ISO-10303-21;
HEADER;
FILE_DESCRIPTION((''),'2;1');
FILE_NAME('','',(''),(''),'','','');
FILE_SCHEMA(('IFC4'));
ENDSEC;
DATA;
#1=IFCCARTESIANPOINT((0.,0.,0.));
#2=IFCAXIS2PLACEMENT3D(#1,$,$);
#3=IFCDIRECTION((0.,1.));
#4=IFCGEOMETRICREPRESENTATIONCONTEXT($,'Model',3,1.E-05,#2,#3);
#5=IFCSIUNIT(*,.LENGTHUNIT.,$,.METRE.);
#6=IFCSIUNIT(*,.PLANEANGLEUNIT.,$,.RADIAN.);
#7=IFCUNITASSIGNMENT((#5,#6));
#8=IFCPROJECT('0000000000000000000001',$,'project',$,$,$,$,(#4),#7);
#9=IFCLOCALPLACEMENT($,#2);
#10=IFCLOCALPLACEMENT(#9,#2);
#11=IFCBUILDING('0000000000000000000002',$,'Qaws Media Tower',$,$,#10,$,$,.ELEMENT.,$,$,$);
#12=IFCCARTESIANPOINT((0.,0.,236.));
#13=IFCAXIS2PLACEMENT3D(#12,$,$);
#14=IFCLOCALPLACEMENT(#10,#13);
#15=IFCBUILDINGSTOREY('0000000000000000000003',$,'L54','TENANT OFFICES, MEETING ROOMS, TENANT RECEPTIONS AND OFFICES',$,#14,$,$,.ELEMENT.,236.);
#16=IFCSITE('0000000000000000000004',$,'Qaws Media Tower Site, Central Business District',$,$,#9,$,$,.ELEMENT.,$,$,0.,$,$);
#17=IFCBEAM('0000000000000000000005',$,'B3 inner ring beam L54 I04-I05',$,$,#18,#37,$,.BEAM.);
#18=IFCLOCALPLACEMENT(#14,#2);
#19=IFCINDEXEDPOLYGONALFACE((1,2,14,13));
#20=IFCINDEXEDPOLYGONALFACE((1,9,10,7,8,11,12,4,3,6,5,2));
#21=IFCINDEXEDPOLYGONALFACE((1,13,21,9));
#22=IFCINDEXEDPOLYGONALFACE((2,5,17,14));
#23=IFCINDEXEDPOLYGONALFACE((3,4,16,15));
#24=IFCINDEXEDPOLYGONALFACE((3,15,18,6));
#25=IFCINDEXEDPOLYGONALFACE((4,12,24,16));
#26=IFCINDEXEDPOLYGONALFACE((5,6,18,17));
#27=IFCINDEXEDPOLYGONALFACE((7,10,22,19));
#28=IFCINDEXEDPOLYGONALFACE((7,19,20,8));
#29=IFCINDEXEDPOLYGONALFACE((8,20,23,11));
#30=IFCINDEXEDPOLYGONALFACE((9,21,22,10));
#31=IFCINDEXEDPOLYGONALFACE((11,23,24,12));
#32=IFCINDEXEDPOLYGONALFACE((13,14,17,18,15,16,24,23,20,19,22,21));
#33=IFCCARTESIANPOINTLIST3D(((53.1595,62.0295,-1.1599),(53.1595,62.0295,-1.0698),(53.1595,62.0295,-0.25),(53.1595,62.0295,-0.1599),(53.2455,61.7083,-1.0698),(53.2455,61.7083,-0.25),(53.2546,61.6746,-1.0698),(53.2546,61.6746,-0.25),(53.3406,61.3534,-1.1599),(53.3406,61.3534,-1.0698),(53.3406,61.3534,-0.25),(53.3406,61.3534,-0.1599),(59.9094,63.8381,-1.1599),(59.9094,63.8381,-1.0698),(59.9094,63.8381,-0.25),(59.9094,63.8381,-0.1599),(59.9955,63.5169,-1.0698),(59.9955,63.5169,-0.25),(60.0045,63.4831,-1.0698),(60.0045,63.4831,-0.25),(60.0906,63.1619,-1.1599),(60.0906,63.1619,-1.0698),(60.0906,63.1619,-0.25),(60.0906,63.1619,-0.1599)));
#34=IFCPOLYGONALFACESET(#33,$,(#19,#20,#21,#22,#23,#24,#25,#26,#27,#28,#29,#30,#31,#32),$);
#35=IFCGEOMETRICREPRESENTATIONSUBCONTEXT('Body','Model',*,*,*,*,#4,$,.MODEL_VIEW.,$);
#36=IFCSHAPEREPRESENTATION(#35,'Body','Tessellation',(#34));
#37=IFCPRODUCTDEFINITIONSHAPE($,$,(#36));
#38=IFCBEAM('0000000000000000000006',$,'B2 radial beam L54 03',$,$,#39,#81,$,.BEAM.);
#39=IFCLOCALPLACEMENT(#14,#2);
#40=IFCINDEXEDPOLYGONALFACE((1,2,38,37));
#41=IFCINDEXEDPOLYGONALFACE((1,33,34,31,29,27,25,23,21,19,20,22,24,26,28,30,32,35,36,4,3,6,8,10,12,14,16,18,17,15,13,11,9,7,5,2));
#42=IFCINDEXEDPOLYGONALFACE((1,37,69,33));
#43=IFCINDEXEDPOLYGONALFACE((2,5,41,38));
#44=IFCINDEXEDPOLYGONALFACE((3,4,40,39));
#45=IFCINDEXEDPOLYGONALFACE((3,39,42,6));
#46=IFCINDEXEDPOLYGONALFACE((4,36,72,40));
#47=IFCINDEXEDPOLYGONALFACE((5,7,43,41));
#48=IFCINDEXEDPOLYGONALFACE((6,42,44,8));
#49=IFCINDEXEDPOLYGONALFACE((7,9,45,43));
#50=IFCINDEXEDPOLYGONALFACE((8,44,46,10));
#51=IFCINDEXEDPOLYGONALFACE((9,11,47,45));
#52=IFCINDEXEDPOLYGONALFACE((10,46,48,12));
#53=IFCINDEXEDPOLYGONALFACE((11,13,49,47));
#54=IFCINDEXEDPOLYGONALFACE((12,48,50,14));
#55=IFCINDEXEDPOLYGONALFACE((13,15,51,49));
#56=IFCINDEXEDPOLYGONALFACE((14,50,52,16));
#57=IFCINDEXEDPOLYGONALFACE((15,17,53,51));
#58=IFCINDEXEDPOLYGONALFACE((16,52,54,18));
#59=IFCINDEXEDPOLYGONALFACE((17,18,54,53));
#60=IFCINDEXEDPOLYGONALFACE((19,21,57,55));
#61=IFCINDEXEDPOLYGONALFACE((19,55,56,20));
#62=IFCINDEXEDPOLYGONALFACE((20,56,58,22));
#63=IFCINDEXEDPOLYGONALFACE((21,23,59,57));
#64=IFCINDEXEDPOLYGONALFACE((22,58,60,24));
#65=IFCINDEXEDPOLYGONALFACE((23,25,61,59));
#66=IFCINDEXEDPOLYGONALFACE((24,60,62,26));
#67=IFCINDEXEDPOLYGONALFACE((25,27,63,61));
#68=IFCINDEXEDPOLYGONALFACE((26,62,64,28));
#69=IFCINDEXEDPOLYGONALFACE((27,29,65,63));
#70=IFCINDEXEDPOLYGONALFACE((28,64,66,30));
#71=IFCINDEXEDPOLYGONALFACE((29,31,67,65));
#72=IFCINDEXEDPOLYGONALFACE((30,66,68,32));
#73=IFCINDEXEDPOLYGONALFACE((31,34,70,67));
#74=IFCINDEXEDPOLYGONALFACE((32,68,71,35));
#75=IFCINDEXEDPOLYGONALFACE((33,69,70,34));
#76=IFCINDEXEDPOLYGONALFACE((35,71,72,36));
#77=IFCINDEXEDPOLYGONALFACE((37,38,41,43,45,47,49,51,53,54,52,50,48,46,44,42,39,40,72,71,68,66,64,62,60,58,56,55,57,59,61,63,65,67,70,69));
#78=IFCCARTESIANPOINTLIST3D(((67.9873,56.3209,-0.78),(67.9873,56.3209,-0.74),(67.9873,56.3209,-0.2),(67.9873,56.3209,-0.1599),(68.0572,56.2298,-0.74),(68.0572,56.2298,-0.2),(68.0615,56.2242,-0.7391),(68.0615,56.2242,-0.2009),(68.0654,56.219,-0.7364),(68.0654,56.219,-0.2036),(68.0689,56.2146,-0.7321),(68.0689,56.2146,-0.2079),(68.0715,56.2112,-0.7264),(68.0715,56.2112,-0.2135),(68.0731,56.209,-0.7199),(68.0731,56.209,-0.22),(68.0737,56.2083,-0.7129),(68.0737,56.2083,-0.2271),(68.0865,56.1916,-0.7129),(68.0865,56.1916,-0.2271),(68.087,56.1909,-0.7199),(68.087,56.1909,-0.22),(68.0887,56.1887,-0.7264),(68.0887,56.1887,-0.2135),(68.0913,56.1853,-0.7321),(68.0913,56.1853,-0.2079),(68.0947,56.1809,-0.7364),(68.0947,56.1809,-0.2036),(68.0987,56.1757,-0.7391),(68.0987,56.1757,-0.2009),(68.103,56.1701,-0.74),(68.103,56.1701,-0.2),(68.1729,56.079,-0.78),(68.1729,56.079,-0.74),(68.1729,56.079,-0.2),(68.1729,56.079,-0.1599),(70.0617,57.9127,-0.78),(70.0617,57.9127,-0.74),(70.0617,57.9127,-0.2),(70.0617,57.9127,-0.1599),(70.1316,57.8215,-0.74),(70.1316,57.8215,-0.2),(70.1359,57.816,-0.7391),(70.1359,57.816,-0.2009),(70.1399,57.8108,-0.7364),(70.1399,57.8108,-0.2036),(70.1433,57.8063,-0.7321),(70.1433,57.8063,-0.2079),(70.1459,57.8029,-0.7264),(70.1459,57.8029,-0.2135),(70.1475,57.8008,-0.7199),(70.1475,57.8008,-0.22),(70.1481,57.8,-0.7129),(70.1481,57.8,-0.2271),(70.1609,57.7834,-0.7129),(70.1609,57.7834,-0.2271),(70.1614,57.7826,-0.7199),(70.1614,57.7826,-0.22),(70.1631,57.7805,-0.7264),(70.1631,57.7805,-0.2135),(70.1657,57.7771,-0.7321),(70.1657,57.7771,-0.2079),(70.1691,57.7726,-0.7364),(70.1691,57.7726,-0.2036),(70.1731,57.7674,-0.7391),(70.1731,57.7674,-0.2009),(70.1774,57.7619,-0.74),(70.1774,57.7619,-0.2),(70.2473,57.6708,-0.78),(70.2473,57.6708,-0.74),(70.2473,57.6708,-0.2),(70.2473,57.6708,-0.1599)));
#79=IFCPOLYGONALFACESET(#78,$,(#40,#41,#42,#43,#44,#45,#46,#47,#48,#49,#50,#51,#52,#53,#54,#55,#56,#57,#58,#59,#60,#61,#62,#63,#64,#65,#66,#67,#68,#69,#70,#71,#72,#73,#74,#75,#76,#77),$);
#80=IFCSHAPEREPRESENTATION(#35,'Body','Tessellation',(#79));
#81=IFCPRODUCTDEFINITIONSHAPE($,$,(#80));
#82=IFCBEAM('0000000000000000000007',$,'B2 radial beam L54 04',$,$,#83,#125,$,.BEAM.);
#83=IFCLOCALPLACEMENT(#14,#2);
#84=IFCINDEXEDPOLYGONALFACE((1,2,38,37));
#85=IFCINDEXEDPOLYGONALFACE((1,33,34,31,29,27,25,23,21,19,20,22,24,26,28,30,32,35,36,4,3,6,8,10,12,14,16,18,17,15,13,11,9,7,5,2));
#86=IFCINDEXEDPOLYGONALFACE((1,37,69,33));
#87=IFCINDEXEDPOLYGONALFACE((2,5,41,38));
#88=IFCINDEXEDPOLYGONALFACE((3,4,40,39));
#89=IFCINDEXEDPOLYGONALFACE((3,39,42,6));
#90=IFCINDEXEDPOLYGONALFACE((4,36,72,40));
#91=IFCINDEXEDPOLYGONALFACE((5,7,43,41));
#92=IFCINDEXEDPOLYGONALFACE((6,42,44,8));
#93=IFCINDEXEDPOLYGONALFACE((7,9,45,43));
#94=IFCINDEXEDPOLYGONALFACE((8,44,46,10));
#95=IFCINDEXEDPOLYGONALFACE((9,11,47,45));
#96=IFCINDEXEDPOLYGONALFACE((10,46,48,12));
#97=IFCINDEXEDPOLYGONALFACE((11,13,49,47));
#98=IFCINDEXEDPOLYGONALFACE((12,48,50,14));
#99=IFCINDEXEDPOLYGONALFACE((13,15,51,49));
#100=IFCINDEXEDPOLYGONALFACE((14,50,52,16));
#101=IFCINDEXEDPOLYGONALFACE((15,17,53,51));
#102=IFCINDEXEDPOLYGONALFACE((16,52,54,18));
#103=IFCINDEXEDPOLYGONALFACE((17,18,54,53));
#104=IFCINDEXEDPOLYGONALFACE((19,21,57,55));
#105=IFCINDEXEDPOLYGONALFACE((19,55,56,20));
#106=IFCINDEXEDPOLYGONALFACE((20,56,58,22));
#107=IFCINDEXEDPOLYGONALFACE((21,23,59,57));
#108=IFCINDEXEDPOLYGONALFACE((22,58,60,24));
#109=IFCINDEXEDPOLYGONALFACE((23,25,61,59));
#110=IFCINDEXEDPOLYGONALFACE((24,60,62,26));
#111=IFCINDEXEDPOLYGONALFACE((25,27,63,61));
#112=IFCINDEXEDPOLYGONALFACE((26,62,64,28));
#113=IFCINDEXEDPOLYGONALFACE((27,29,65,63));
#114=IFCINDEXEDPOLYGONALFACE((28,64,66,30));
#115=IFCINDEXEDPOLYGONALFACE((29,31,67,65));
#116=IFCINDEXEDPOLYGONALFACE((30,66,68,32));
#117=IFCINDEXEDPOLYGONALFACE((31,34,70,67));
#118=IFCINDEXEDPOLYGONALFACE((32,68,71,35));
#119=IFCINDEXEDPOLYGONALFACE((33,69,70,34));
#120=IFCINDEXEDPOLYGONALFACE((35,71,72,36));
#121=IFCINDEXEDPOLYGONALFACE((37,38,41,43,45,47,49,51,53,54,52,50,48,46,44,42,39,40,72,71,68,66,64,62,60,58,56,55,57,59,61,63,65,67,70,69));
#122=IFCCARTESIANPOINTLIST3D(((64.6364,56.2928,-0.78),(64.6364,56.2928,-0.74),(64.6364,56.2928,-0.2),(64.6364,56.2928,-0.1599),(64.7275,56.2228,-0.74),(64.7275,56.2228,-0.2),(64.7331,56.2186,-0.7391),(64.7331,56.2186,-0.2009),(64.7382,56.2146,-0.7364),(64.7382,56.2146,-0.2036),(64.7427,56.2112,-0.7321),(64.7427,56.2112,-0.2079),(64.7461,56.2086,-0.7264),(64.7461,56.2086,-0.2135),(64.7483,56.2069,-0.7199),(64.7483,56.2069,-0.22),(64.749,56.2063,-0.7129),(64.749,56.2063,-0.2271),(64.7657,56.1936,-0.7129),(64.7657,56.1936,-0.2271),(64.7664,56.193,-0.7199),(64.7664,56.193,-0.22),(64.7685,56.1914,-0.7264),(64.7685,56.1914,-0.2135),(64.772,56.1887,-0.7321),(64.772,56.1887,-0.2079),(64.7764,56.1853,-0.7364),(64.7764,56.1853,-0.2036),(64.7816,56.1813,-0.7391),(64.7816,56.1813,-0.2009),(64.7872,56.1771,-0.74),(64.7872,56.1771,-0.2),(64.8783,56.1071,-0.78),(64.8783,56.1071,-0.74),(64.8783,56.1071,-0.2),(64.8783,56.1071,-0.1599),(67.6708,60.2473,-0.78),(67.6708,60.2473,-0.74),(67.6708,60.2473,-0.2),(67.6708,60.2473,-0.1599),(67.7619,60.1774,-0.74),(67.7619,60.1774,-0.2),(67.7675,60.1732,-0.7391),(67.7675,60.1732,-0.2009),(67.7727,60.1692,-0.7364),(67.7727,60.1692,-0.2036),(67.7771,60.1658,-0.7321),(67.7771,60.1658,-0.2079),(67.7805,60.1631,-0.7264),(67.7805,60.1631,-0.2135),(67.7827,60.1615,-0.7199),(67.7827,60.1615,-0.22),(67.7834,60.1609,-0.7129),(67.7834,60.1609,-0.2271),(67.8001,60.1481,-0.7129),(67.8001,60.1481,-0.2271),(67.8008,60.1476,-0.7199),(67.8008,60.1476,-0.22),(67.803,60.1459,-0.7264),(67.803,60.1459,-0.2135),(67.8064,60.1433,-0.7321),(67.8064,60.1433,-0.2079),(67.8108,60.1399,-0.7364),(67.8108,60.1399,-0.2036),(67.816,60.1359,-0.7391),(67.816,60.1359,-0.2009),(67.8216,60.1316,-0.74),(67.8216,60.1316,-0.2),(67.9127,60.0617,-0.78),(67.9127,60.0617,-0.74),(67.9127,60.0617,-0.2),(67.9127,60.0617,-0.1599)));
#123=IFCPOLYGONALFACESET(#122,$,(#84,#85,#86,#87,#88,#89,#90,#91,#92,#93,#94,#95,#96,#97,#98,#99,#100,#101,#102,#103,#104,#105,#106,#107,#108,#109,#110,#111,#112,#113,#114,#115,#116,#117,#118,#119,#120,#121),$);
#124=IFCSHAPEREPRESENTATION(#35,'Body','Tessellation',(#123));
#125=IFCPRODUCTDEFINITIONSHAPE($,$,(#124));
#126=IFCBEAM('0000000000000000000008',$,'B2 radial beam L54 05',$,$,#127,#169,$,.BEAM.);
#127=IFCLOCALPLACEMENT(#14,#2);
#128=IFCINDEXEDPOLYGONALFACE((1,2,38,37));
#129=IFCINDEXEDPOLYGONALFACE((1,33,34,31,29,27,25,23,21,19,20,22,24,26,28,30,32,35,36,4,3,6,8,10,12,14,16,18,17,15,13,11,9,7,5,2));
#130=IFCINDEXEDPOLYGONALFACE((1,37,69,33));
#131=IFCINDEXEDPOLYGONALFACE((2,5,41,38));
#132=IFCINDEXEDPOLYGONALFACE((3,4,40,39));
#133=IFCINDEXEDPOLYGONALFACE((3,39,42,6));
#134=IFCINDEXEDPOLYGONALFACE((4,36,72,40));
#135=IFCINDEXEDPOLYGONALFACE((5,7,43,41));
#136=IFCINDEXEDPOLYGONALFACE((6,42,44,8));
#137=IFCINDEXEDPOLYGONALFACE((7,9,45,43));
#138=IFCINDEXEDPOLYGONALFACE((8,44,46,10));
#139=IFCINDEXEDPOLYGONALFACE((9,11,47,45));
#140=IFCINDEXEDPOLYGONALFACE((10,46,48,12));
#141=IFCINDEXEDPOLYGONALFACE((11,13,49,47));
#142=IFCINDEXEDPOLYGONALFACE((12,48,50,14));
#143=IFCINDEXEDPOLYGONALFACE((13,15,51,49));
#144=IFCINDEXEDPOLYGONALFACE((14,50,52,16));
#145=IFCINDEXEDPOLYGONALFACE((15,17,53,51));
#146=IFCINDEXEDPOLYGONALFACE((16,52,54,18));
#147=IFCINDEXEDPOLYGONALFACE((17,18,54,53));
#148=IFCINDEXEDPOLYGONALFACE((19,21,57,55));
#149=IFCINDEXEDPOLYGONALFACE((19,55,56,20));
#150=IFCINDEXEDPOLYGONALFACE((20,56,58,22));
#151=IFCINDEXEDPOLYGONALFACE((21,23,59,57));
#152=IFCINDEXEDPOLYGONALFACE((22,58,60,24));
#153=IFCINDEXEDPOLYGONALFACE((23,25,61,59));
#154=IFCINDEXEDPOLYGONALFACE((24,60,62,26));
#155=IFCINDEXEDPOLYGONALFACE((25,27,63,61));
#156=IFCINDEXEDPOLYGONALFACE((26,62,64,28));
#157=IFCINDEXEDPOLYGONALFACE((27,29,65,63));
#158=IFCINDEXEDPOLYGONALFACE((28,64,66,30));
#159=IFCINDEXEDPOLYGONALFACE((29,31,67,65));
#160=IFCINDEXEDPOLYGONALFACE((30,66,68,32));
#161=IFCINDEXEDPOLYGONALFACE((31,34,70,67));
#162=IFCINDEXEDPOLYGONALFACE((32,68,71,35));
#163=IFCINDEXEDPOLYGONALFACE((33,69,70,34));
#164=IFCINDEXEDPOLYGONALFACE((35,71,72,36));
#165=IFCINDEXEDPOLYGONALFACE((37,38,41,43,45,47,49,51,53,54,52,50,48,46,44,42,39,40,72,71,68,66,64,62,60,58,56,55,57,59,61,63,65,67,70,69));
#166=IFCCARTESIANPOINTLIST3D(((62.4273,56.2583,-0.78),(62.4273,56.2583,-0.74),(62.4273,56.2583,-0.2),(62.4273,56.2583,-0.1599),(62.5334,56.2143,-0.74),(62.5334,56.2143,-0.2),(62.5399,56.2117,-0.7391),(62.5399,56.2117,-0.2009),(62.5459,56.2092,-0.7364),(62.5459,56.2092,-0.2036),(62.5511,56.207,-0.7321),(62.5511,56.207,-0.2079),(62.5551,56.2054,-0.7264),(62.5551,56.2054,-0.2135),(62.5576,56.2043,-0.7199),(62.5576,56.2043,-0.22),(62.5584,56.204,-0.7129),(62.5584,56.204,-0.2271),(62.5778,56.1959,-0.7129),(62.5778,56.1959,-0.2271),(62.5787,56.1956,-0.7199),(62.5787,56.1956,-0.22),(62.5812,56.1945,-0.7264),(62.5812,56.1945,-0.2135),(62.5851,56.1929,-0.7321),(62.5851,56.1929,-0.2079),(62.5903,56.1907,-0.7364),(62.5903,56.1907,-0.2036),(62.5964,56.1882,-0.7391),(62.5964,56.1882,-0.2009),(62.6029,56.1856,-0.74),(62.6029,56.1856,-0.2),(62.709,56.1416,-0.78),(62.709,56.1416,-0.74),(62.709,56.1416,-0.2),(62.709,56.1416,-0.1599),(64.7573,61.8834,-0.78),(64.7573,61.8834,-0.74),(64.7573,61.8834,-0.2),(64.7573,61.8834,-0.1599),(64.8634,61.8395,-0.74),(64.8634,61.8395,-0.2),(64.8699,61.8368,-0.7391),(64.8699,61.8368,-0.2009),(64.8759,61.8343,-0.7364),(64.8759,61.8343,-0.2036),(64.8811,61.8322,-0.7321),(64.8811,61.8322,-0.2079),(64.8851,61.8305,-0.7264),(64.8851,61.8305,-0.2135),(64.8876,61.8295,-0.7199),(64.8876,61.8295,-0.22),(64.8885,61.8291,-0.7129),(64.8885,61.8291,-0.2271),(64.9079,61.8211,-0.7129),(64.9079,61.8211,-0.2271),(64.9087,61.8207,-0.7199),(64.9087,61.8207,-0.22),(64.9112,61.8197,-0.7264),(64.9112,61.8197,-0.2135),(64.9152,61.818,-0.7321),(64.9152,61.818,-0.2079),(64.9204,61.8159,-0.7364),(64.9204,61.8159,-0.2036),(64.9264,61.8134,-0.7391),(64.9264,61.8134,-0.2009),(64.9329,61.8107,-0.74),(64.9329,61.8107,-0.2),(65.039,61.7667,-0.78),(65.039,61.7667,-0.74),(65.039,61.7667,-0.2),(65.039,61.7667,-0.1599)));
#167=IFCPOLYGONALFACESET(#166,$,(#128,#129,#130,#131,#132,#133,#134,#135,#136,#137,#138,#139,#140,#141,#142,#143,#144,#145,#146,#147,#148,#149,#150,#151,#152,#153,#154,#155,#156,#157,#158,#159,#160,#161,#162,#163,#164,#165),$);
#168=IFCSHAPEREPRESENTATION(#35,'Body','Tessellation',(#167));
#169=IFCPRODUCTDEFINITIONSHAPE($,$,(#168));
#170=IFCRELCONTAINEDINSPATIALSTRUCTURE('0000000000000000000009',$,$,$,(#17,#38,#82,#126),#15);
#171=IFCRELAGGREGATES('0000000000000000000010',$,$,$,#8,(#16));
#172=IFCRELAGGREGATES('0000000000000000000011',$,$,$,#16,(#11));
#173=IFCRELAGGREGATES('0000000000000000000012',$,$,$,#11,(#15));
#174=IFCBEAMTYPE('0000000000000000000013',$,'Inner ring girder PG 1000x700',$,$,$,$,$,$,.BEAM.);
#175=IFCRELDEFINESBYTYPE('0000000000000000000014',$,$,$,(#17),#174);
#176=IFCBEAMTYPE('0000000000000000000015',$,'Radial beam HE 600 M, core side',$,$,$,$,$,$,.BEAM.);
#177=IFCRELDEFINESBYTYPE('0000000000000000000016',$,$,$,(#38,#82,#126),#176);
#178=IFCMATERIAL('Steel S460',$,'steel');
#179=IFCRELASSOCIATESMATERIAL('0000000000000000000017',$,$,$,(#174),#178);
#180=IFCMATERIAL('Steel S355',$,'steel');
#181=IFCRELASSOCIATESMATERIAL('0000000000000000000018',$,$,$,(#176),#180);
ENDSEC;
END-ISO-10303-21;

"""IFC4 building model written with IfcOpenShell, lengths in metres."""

from ifc_helpers import new_model, si_unit, direction, frame, origin, origin_2d, place, context, subcontext, project, spatial, i_section, extrude, material, material_profile, profile_set, type_object, element, save


model = new_model("IFC4")

# Units and contexts
model_context = context("Model", 3, precision=1e-05, world=origin(), true_north=direction((0.0, 1.0)))
body_context = subcontext(model_context, "Body", "Model", "MODEL_VIEW")
ifc_project = project(units=[si_unit("LENGTHUNIT", "METRE"), si_unit("PLANEANGLEUNIT", "RADIAN")], contexts=[model_context])

# Site, building, storey
site_placement = place(None, origin())
site = spatial("IfcSite", under=ifc_project, at=site_placement, Name="Qaws Media Tower Site, Central Business District", CompositionType="ELEMENT", RefElevation=0.0)
building_placement = place(site_placement, origin())
building = spatial("IfcBuilding", under=site, at=building_placement, Name="Qaws Media Tower", CompositionType="ELEMENT")
storey_placement = place(building_placement, frame((0.0, 0.0, 236.0)))
storey = spatial("IfcBuildingStorey", under=building, at=storey_placement, Name="L54", Description="TENANT OFFICES, MEETING ROOMS, TENANT RECEPTIONS AND OFFICES", CompositionType="ELEMENT", Elevation=236.0)

# Beams
ifc_material_1 = material(Name="Steel S460", Category="steel")
ifc_material_profile_1 = material_profile(ifc_material_1, i_section(OverallWidth=0.7, OverallDepth=1.0, WebThickness=0.0349, FlangeThickness=0.0901, at=origin_2d()), Name="PG 1000x700")
ifc_profile_set_1 = profile_set([ifc_material_profile_1], Name="Steel S460")
beam_type_1 = type_object("IfcBeamType", Name="Inner ring girder PG 1000x700", PredefinedType="BEAM", material=ifc_profile_set_1)
for number, where, z_axis, x_axis, name in (
    (1, (60.0, 63.5, -0.6599), (-0.965928, -0.258811, 0.0), (0.258811, -0.965928, 0.0), "B3 inner ring beam L54 I04-I05"),
):
    element("IfcBeam", number, at=place(storey_placement, frame(where, z_axis=z_axis, x_axis=x_axis)), inside=storey, type_object=beam_type_1, Name=name, PredefinedType="BEAM", context=body_context, shape_type="SweptSolid", body=[
        extrude(i_section(OverallWidth=0.7, OverallDepth=1.0, WebThickness=0.0349, FlangeThickness=0.0901, at=origin_2d()), origin(), (0.0, 0.0, 1.0), 6.988),
    ])
ifc_material_2 = material(Name="Steel S355", Category="steel")
ifc_material_profile_2 = material_profile(ifc_material_2, i_section(OverallWidth=0.3049, OverallDepth=0.6201, WebThickness=0.021, FlangeThickness=0.04, FilletRadius=0.0271, at=origin_2d()), Name="HE 600 M")
ifc_profile_set_2 = profile_set([ifc_material_profile_2], Name="Steel S355")
beam_type_2 = type_object("IfcBeamType", Name="Radial beam HE 600 M, core side", PredefinedType="BEAM", material=ifc_profile_set_2)
beam_1_placement = place(storey_placement, frame((68.0801, 56.2, -0.47), z_axis=(0.793352, 0.608763, 0.0), x_axis=(-0.608763, 0.793352, 0.0)))
element("IfcBeam", 2, at=beam_1_placement, inside=storey, type_object=beam_type_2, Name="B2 radial beam L54 03", PredefinedType="BEAM", context=body_context, shape_type="SweptSolid", body=[
    extrude(i_section(OverallWidth=0.3049, OverallDepth=0.6201, WebThickness=0.021, FlangeThickness=0.04, FilletRadius=0.0271, at=origin_2d()), origin(), (0.0, 0.0, 1.0), 2.6147),
])
beam_2_placement = place(storey_placement, frame((64.7573, 56.2, -0.47), z_axis=(0.608756, 0.793357, 0.0), x_axis=(-0.793357, 0.608756, 0.0)))
element("IfcBeam", 3, at=beam_2_placement, inside=storey, type_object=beam_type_2, Name="B2 radial beam L54 04", PredefinedType="BEAM", context=body_context, shape_type="SweptSolid", body=[
    extrude(i_section(OverallWidth=0.3049, OverallDepth=0.6201, WebThickness=0.021, FlangeThickness=0.04, FilletRadius=0.0271, at=origin_2d()), origin(), (0.0, 0.0, 1.0), 4.9846),
])
beam_3_placement = place(storey_placement, frame((62.5681, 56.2, -0.47), z_axis=(0.382687, 0.923878, 0.0), x_axis=(-0.923878, 0.382687, 0.0)))
element("IfcBeam", 4, at=beam_3_placement, inside=storey, type_object=beam_type_2, Name="B2 radial beam L54 05", PredefinedType="BEAM", context=body_context, shape_type="SweptSolid", body=[
    extrude(i_section(OverallWidth=0.3049, OverallDepth=0.6201, WebThickness=0.021, FlangeThickness=0.04, FilletRadius=0.0271, at=origin_2d()), origin(), (0.0, 0.0, 1.0), 6.0886),
])

save(model, "model.ifc")
